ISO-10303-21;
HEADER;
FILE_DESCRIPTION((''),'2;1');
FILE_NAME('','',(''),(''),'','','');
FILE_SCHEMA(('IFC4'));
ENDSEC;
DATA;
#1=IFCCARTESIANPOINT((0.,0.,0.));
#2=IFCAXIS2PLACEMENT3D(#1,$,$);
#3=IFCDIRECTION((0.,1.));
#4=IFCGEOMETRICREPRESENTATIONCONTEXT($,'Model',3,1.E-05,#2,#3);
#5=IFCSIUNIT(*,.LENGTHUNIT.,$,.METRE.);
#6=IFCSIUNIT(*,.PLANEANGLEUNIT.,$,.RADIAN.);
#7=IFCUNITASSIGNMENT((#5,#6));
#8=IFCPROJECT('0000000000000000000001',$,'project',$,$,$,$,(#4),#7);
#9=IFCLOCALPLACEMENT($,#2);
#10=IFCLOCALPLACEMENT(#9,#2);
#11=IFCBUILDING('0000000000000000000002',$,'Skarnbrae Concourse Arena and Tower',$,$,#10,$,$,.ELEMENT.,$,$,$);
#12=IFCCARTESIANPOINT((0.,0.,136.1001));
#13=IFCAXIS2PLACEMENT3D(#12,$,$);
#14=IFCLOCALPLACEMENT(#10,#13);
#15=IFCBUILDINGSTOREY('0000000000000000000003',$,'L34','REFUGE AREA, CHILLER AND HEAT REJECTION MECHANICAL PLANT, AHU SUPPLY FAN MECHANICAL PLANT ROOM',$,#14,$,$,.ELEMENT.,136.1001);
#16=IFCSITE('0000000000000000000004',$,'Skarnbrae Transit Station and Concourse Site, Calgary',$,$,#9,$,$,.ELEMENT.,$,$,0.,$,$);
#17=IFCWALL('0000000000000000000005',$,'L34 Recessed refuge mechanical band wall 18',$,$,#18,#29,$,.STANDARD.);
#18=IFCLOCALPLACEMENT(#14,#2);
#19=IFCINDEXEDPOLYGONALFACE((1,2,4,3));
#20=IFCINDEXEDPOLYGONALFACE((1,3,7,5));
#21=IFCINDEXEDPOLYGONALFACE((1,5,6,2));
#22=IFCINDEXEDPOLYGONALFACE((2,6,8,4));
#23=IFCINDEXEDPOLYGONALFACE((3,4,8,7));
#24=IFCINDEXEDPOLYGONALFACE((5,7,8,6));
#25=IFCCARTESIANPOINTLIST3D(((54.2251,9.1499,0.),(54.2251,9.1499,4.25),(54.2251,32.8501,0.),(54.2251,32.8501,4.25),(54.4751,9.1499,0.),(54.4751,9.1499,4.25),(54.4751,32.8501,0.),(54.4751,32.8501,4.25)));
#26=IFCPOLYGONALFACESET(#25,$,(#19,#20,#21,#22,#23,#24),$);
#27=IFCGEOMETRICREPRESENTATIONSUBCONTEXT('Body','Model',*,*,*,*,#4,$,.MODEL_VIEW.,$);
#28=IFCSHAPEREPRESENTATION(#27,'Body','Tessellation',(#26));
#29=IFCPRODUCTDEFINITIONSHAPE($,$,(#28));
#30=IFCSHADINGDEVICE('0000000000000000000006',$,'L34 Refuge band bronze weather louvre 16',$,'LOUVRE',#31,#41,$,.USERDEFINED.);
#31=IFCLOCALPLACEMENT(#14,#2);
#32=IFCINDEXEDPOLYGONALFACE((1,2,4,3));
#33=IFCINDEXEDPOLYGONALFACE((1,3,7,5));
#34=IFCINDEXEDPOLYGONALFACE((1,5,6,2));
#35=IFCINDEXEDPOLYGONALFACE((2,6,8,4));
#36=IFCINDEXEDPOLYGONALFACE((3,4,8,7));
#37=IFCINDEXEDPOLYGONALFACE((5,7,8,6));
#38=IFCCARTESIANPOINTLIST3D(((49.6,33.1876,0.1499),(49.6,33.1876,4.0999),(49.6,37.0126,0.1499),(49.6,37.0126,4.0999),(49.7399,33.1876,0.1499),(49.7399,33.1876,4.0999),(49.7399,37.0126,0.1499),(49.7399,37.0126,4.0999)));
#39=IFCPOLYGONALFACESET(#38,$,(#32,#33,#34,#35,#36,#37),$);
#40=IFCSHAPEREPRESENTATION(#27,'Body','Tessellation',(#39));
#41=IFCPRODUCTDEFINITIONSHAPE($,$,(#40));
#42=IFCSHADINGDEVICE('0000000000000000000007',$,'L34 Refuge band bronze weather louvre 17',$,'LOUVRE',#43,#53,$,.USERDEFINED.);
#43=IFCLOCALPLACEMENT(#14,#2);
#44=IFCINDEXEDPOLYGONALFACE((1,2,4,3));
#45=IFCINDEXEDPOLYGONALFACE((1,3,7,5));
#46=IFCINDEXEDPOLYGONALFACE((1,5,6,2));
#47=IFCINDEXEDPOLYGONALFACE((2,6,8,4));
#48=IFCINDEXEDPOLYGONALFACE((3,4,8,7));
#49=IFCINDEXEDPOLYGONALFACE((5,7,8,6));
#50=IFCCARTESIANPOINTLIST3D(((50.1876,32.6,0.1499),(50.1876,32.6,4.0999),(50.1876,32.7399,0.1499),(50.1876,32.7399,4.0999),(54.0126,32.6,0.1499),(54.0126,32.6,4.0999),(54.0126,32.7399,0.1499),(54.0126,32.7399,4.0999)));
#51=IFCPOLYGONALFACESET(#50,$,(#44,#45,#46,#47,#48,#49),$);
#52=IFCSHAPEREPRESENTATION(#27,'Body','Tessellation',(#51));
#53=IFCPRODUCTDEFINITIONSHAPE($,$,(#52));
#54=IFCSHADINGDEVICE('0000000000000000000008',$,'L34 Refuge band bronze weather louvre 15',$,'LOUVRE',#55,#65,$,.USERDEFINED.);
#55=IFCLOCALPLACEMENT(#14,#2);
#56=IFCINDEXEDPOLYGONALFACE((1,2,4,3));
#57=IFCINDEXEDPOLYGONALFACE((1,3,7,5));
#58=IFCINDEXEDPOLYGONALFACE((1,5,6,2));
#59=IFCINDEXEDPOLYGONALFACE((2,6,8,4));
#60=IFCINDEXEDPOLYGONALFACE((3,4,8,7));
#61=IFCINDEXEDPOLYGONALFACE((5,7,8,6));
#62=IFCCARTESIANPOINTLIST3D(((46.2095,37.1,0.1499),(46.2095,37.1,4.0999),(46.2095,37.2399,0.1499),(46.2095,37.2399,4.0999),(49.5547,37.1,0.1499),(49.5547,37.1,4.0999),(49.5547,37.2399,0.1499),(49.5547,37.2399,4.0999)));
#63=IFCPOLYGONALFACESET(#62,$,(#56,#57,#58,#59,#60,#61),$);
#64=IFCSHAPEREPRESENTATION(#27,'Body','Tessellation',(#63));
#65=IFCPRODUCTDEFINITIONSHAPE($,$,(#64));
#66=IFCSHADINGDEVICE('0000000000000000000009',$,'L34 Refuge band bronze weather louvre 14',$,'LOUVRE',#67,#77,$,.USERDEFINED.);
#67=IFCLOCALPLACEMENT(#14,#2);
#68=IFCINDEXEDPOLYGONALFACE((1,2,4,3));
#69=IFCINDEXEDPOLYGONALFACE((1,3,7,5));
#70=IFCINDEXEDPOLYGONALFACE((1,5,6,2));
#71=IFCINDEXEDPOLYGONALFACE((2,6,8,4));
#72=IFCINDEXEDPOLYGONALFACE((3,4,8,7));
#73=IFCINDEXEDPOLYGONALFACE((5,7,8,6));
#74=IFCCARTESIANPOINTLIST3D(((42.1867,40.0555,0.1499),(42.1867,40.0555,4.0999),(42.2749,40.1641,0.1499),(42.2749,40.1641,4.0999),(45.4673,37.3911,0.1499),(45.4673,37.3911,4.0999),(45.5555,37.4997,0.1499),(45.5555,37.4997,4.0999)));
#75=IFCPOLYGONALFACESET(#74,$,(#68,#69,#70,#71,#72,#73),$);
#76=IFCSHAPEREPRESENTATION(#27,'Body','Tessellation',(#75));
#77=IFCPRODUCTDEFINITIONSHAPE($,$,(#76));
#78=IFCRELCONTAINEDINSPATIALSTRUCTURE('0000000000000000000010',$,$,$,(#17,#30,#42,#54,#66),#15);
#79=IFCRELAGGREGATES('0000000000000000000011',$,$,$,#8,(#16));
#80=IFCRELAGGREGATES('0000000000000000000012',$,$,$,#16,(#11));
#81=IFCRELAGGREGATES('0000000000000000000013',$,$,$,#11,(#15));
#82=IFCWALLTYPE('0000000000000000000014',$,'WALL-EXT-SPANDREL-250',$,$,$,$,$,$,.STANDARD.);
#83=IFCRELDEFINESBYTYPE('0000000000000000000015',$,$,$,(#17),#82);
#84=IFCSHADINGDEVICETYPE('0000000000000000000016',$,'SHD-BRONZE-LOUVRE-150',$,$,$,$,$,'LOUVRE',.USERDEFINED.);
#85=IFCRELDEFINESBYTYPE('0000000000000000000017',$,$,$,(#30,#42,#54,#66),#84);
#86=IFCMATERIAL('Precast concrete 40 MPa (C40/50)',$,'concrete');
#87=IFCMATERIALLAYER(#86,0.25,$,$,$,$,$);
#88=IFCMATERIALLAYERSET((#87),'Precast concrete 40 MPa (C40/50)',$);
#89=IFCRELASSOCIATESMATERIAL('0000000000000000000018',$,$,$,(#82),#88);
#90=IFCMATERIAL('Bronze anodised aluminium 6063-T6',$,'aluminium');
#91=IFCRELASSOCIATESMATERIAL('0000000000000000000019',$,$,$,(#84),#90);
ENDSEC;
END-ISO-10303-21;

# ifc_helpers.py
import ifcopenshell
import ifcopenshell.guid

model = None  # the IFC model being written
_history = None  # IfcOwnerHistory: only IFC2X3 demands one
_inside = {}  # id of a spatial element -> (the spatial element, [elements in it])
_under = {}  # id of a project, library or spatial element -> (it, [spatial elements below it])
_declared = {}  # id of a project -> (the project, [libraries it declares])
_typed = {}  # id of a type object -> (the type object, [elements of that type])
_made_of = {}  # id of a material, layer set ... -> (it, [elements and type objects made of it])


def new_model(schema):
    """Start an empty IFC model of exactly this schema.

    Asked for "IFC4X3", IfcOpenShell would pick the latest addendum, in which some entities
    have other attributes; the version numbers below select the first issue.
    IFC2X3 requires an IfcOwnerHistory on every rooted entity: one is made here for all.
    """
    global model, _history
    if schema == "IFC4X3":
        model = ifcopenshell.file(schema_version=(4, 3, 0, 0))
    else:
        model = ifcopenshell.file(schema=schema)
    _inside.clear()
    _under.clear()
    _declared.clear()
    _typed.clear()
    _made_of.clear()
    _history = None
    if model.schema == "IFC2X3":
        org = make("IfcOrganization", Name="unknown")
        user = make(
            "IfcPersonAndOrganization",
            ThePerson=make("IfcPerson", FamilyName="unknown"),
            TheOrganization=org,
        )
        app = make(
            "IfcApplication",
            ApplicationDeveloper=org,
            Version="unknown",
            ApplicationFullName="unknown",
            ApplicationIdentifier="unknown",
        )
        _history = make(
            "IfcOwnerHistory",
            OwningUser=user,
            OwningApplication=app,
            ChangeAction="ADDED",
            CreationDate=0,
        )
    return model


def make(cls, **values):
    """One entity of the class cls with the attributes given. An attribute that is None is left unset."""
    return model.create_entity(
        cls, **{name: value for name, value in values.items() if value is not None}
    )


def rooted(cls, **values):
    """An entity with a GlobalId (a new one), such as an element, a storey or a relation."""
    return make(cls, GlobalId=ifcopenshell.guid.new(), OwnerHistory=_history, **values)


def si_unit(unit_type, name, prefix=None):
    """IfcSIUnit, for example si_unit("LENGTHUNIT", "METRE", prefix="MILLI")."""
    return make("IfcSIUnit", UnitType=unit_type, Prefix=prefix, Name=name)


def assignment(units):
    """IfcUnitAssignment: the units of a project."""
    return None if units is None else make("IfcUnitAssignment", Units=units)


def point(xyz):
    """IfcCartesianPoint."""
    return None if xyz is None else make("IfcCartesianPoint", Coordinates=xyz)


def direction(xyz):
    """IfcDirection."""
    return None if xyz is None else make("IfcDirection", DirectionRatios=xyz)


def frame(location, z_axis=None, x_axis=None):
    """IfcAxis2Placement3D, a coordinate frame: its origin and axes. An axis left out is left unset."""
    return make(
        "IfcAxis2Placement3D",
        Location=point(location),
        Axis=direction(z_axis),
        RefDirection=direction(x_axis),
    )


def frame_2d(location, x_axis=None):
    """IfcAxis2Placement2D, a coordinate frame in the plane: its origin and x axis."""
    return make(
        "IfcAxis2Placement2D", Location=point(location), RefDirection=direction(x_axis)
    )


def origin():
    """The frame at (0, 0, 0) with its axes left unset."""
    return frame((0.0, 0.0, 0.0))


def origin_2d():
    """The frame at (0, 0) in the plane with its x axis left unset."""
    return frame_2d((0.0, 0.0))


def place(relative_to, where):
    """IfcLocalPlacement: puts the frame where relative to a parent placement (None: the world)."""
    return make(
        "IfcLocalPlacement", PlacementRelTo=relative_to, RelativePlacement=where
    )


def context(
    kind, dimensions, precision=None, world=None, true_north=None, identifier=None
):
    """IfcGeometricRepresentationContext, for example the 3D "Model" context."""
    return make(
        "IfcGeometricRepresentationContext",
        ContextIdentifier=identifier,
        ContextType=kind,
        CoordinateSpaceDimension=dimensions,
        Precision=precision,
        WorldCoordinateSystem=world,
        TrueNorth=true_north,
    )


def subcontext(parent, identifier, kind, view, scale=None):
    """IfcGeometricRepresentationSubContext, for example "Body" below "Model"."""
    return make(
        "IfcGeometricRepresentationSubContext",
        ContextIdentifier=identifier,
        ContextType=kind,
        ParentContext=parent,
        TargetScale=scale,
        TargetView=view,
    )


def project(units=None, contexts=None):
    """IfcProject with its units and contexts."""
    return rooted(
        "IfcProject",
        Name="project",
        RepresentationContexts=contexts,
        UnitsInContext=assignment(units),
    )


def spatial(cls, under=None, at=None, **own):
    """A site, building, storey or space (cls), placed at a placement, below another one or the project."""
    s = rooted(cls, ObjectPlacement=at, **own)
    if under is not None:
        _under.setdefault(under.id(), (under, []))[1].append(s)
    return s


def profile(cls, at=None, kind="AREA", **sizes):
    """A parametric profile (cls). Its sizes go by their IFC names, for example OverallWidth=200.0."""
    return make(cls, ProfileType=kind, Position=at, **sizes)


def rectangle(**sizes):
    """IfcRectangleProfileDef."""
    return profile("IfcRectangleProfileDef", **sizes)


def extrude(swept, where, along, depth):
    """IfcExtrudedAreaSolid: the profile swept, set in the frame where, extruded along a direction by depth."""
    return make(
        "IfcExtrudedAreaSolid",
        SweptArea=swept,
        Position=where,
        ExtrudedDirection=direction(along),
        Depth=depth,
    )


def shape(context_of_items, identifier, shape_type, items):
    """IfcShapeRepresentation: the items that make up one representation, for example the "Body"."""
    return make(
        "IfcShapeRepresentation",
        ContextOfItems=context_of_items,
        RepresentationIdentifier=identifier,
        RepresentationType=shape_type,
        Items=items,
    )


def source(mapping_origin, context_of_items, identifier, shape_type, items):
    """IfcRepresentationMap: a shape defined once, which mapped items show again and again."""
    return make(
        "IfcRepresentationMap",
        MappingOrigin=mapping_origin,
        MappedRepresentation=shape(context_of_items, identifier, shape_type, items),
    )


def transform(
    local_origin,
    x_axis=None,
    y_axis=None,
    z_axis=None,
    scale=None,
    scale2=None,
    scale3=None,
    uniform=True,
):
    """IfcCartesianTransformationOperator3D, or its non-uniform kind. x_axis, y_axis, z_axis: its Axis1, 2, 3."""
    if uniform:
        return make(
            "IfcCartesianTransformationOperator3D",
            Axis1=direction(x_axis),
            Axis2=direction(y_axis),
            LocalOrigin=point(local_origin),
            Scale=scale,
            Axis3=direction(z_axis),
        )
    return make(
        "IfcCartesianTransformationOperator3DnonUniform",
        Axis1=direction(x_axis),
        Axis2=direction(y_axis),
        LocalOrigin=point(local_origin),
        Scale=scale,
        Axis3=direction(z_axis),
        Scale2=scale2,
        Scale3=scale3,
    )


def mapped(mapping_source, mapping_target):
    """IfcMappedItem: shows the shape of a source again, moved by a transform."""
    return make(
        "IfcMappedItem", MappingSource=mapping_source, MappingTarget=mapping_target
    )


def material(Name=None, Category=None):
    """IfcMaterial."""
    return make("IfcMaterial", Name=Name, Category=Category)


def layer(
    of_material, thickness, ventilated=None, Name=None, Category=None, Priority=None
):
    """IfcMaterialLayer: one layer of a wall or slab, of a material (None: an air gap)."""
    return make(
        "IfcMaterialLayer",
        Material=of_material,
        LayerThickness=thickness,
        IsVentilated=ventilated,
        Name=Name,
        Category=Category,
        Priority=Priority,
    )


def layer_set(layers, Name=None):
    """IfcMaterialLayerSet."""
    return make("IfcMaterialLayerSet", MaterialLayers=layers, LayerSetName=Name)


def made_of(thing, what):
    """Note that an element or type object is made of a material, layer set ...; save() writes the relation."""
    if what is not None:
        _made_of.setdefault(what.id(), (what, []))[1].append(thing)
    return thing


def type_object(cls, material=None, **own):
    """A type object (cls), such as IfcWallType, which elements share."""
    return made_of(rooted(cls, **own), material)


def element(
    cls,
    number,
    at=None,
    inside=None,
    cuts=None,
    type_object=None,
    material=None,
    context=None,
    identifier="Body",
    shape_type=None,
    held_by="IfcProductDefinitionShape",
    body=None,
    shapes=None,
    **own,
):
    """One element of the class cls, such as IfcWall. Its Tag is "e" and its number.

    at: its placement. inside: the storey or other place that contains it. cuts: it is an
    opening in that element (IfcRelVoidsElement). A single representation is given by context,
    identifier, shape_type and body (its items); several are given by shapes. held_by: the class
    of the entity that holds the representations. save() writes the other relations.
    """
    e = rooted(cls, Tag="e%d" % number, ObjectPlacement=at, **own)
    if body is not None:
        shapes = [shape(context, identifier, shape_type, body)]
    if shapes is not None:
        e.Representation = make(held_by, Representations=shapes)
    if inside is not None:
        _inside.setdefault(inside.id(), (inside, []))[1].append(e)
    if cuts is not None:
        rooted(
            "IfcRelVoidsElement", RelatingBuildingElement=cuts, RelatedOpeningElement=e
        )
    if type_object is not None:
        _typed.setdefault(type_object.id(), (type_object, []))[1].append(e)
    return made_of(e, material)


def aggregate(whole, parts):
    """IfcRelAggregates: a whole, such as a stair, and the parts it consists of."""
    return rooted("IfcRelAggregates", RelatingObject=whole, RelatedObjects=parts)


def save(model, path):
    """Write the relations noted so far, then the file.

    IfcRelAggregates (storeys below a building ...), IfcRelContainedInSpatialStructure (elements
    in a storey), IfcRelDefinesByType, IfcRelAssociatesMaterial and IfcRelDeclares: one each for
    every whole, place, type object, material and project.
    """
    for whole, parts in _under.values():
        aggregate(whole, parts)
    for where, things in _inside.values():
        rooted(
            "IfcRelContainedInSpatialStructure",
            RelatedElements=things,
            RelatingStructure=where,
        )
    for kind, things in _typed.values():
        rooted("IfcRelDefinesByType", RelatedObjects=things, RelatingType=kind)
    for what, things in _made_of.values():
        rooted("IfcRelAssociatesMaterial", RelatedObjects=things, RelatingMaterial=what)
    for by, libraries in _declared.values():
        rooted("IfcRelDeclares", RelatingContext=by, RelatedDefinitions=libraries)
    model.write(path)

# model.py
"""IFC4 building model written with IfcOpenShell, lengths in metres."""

from ifc_helpers import new_model, si_unit, direction, frame, frame_2d, origin, origin_2d, place, context, subcontext, project, spatial, rectangle, extrude, source, transform, mapped, material, layer, layer_set, type_object, element, save


model = new_model("IFC4")

# Units and contexts
model_context = context("Model", 3, precision=1e-05, world=origin(), true_north=direction((0.0, 1.0)))
body_context = subcontext(model_context, "Body", "Model", "MODEL_VIEW")
ifc_project = project(units=[si_unit("LENGTHUNIT", "METRE"), si_unit("PLANEANGLEUNIT", "RADIAN")], contexts=[model_context])

# Site, building, storey
site_placement = place(None, origin())
site = spatial("IfcSite", under=ifc_project, at=site_placement, Name="Skarnbrae Transit Station and Concourse Site, Calgary", CompositionType="ELEMENT", RefElevation=0.0)
building_placement = place(site_placement, origin())
building = spatial("IfcBuilding", under=site, at=building_placement, Name="Skarnbrae Concourse Arena and Tower", CompositionType="ELEMENT")
storey_placement = place(building_placement, frame((0.0, 0.0, 136.1001)))
storey = spatial("IfcBuildingStorey", under=building, at=storey_placement, Name="L34", Description="REFUGE AREA, CHILLER AND HEAT REJECTION MECHANICAL PLANT, AHU SUPPLY FAN MECHANICAL PLANT ROOM", CompositionType="ELEMENT", Elevation=136.1001)

# Wall
ifc_material_1 = material(Name="Precast concrete 40 MPa (C40/50)", Category="concrete")
ifc_layer_1 = layer(ifc_material_1, 0.25)
ifc_layer_set_1 = layer_set([ifc_layer_1], Name="Precast concrete 40 MPa (C40/50)")
wall_type = type_object("IfcWallType", Name="WALL-EXT-SPANDREL-250", PredefinedType="STANDARD", material=ifc_layer_set_1)
shared_shape_1 = source(origin(), body_context, "Body", "SweptSolid", [
    extrude(rectangle(XDim=23.7002, YDim=0.25, at=frame_2d((11.8501, 0.0))), origin(), (0.0, 0.0, 1.0), 4.25),
])
wall_1_placement = place(storey_placement, frame((54.3501, 32.8501, 0.0), z_axis=(0.0, 0.0, 1.0), x_axis=(0.0, -1.0, 0.0)))
element("IfcWall", 1, at=wall_1_placement, inside=storey, type_object=wall_type, Name="L34 Recessed refuge mechanical band wall 18", PredefinedType="STANDARD", context=body_context, shape_type="MappedRepresentation", body=[
    mapped(shared_shape_1, transform((0.0, 0.0, 0.0))),
])

# Shading devices
ifc_material_2 = material(Name="Bronze anodised aluminium 6063-T6", Category="aluminium")
shading_device_type = type_object("IfcShadingDeviceType", Name="SHD-BRONZE-LOUVRE-150", ElementType="LOUVRE", PredefinedType="USERDEFINED", material=ifc_material_2)
shared_shape_2 = source(origin(), body_context, "Body", "SweptSolid", [
    extrude(rectangle(XDim=3.825, YDim=0.1399, at=origin_2d()), origin(), (0.0, 0.0, 1.0), 3.95),
])
for number, where, z_axis, x_axis, name in (
    (2, (49.6699, 35.1001, 0.1499), (0.0, 0.0, 1.0), (0.0, -1.0, 0.0), "L34 Refuge band bronze weather louvre 16"),
    (3, (52.1001, 32.6699, 0.1499), (0.0, 0.0, 1.0), (1.0, 0.0, 0.0), "L34 Refuge band bronze weather louvre 17"),
):
    element("IfcShadingDevice", number, at=place(storey_placement, frame(where, z_axis=z_axis, x_axis=x_axis)), inside=storey, type_object=shading_device_type, Name=name, ObjectType="LOUVRE", PredefinedType="USERDEFINED", context=body_context, shape_type="MappedRepresentation", body=[
        mapped(shared_shape_2, transform((0.0, 0.0, 0.0))),
    ])
shared_shape_3 = source(origin(), body_context, "Body", "SweptSolid", [
    extrude(rectangle(XDim=3.3452, YDim=0.1399, at=origin_2d()), origin(), (0.0, 0.0, 1.0), 3.95),
])
shading_device_1_placement = place(storey_placement, frame((47.8821, 37.1699, 0.1499), z_axis=(0.0, 0.0, 1.0), x_axis=(1.0, 0.0, 0.0)))
element("IfcShadingDevice", 4, at=shading_device_1_placement, inside=storey, type_object=shading_device_type, Name="L34 Refuge band bronze weather louvre 15", ObjectType="LOUVRE", PredefinedType="USERDEFINED", context=body_context, shape_type="MappedRepresentation", body=[
    mapped(shared_shape_3, transform((0.0, 0.0, 0.0))),
])
shared_shape_4 = source(origin(), body_context, "Body", "SweptSolid", [
    extrude(rectangle(XDim=4.2263, YDim=0.1399, at=origin_2d()), origin(), (0.0, 0.0, 1.0), 3.95),
])
shading_device_2_placement = place(storey_placement, frame((43.8711, 38.7776, 0.1499), z_axis=(0.0, 0.0, 1.0), x_axis=(0.776242, -0.630435, 0.0)))
element("IfcShadingDevice", 5, at=shading_device_2_placement, inside=storey, type_object=shading_device_type, Name="L34 Refuge band bronze weather louvre 14", ObjectType="LOUVRE", PredefinedType="USERDEFINED", context=body_context, shape_type="MappedRepresentation", body=[
    mapped(shared_shape_4, transform((0.0, 0.0, 0.0))),
])

save(model, "model.ifc")
